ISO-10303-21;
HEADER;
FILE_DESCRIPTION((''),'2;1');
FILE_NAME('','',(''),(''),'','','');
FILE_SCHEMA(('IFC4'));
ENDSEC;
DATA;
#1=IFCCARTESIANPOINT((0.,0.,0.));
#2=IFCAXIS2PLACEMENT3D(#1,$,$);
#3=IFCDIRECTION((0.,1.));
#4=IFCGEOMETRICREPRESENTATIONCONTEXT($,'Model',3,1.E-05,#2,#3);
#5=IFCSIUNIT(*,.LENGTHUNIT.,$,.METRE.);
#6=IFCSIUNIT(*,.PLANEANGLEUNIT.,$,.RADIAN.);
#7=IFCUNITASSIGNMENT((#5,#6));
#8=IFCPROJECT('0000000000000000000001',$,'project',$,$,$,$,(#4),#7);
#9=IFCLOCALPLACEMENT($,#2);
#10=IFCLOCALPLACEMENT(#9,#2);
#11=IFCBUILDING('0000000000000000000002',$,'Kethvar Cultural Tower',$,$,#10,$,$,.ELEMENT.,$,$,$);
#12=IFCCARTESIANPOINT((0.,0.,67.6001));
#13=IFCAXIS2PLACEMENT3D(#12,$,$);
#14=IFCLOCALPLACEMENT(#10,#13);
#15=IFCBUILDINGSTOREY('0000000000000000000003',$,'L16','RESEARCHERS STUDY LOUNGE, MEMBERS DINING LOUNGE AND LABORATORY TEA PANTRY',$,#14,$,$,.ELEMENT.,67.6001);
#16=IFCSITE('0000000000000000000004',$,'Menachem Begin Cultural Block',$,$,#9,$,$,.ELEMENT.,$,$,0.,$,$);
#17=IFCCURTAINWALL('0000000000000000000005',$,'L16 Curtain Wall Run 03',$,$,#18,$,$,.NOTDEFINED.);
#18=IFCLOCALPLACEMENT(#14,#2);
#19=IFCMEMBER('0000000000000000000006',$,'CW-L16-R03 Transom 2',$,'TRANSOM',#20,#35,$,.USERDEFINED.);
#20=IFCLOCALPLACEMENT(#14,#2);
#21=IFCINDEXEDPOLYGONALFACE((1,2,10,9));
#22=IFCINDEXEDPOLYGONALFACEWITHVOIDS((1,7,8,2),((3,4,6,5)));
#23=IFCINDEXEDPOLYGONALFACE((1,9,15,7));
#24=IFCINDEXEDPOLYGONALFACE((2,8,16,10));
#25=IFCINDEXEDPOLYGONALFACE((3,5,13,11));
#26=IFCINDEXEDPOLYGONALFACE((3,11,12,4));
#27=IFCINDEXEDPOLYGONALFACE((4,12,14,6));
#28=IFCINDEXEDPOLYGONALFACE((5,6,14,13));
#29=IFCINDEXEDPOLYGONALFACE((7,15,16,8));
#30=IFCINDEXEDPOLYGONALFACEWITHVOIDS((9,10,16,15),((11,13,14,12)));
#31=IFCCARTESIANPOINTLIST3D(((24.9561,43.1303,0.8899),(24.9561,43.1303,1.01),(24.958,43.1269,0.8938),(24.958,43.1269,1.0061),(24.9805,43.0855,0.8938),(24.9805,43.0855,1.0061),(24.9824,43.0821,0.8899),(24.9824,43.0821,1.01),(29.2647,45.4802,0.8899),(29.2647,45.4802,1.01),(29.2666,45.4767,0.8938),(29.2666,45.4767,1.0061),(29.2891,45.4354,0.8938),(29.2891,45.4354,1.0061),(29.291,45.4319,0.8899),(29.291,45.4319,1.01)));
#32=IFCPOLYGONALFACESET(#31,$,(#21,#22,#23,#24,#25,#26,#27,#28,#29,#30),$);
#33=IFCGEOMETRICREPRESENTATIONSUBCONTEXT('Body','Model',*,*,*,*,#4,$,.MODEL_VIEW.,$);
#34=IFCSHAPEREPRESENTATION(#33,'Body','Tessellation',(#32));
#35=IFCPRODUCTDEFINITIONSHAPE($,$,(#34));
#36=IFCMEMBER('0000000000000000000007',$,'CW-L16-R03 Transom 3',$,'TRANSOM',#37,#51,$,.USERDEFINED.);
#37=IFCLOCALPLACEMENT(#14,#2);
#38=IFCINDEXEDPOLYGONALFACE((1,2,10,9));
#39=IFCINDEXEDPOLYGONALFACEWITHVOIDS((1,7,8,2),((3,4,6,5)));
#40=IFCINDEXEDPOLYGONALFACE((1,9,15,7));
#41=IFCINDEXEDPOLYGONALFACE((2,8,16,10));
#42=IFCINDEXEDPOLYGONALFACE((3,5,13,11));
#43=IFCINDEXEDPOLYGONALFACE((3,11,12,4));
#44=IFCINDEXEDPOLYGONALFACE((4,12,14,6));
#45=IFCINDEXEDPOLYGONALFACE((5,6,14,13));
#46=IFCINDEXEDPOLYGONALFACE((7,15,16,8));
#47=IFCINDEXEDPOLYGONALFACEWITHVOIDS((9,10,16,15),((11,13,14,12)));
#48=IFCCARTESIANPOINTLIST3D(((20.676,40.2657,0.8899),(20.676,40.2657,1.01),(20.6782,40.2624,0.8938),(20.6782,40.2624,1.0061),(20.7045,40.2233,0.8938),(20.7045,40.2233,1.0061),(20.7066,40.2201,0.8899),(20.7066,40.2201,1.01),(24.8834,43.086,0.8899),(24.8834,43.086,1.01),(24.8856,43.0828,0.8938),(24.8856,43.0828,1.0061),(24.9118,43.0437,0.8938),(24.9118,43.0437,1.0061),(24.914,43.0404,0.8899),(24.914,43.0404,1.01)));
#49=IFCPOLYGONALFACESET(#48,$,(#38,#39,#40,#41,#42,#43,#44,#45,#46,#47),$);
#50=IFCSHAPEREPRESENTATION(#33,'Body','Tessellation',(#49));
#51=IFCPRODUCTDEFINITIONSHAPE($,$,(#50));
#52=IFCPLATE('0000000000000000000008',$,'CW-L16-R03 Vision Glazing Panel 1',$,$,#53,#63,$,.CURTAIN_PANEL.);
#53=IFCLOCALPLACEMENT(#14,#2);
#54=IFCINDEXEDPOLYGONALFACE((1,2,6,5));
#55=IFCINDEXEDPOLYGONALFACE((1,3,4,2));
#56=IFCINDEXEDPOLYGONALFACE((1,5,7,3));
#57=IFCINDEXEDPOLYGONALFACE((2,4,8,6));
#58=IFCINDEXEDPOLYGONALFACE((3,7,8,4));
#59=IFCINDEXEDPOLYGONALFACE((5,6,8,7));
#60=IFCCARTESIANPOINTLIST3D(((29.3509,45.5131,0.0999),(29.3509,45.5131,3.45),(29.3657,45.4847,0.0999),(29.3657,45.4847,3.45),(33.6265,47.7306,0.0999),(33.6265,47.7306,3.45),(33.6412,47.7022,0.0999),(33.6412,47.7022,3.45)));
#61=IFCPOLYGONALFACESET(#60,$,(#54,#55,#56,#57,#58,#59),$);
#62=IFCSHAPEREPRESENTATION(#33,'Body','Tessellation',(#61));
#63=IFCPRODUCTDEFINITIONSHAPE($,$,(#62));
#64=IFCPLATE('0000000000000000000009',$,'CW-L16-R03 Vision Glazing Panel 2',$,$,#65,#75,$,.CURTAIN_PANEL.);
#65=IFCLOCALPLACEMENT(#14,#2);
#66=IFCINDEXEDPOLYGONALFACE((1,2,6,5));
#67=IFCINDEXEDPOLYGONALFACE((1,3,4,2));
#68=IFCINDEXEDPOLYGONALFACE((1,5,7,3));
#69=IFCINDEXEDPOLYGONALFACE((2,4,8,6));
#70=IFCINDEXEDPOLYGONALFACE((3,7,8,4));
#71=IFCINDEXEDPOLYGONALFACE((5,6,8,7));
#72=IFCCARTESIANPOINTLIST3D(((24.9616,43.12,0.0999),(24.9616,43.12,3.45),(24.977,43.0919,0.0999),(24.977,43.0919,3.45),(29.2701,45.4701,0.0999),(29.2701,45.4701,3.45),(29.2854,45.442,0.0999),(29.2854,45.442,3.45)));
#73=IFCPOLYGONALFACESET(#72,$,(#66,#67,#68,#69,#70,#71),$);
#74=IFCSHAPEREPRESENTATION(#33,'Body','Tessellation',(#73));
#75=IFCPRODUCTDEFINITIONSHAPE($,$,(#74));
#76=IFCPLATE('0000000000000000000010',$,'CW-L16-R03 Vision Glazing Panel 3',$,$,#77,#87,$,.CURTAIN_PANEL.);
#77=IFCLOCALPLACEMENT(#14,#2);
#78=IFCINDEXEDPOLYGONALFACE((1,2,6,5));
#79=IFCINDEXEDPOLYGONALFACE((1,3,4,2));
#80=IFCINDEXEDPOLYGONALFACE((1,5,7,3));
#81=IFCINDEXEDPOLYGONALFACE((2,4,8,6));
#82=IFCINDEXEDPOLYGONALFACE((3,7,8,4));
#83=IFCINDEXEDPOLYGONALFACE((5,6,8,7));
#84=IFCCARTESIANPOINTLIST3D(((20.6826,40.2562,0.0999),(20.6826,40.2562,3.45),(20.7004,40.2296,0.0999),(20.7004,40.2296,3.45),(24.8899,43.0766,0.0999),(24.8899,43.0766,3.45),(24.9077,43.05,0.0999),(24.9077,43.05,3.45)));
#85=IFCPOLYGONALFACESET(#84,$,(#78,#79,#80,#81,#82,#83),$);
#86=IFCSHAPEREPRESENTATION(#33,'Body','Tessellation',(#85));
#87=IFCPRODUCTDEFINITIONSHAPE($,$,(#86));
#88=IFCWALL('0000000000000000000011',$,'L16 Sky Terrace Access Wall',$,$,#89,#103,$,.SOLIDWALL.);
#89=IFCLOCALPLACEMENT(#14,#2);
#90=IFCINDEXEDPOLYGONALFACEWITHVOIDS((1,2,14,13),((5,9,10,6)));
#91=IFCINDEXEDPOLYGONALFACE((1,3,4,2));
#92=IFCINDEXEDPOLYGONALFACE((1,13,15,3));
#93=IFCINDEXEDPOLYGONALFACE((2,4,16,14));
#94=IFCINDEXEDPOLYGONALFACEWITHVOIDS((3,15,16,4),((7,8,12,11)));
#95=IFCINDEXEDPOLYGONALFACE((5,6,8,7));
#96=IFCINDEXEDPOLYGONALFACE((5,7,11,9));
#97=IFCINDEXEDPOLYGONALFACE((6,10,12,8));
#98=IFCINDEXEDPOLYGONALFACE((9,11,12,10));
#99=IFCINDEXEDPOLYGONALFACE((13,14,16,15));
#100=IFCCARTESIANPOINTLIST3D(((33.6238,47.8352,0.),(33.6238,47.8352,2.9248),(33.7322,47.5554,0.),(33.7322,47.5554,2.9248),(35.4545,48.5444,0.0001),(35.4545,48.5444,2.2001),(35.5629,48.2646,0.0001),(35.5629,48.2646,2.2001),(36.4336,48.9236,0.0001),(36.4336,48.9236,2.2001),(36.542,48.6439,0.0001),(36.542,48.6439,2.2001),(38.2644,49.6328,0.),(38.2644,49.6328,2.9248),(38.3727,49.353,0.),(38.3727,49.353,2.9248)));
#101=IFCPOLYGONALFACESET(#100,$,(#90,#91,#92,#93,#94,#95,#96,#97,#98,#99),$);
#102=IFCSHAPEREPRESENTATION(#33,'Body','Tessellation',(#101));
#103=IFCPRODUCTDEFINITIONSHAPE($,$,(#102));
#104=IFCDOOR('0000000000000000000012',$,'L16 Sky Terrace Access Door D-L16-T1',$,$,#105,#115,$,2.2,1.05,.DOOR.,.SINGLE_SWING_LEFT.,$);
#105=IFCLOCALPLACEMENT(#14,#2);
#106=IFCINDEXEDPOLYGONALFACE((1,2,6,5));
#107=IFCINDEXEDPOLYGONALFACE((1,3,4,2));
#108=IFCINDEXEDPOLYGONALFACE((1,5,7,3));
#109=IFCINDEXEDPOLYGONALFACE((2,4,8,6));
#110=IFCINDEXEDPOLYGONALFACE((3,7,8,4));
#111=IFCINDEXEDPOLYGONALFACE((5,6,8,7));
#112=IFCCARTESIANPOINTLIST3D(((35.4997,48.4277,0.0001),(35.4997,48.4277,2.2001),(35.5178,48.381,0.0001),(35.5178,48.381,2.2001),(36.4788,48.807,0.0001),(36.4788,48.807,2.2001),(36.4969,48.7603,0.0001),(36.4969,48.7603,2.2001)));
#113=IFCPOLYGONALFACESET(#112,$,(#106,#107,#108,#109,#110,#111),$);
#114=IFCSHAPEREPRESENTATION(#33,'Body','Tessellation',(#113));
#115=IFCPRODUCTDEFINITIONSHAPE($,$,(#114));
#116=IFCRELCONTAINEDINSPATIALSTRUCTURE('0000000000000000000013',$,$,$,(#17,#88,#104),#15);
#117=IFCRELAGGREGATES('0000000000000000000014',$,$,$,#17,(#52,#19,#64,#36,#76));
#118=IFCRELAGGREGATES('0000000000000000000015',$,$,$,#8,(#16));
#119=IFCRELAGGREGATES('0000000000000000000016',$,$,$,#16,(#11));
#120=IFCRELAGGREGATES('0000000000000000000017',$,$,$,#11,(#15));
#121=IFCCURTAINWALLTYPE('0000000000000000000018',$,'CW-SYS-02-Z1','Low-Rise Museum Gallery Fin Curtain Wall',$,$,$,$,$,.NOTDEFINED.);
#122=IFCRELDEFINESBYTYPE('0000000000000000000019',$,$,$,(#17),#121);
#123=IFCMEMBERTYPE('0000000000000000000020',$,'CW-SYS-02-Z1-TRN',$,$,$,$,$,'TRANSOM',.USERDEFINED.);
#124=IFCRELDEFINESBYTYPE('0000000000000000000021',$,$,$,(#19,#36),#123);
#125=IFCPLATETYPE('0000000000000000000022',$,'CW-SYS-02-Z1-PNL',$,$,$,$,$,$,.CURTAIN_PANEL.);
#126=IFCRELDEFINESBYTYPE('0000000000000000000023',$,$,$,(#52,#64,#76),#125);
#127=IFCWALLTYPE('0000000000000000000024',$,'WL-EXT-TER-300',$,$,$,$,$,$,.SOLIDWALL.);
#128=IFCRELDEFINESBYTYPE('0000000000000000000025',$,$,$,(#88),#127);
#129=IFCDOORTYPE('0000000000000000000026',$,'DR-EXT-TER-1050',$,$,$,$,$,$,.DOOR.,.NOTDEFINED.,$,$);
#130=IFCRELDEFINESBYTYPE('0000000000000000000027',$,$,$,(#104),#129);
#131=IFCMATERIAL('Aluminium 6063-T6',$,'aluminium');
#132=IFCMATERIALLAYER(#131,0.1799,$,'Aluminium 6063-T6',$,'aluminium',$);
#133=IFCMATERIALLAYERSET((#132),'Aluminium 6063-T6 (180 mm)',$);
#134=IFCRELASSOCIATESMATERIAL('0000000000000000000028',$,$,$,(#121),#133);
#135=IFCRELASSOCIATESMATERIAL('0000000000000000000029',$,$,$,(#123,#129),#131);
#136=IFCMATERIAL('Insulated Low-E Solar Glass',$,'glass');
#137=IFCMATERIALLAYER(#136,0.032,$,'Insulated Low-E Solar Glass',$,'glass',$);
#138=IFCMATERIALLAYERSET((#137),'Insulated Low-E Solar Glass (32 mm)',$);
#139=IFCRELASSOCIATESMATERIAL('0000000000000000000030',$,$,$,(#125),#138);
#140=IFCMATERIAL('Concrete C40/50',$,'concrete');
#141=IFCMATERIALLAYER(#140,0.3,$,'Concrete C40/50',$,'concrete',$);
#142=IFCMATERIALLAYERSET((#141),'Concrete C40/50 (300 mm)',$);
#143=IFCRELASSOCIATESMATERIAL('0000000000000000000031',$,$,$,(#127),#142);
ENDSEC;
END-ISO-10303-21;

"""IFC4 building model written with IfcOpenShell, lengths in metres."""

from ifc_helpers import new_model, si_unit, direction, frame, frame_2d, origin, origin_2d, place, context, subcontext, project, spatial, rectangle, hollow_rectangle, extrude, source, transform, mapped, material, layer, layer_set, material_profile, profile_set, type_object, element, fill, aggregate, save


model = new_model("IFC4")

# Units and contexts
model_context = context("Model", 3, precision=1e-05, world=origin(), true_north=direction((0.0, 1.0)))
body_context = subcontext(model_context, "Body", "Model", "MODEL_VIEW")
ifc_project = project(units=[si_unit("LENGTHUNIT", "METRE"), si_unit("PLANEANGLEUNIT", "RADIAN")], contexts=[model_context])

# Site, building, storey
site_placement = place(None, origin())
site = spatial("IfcSite", under=ifc_project, at=site_placement, Name="Menachem Begin Cultural Block", CompositionType="ELEMENT", RefElevation=0.0)
building_placement = place(site_placement, origin())
building = spatial("IfcBuilding", under=site, at=building_placement, Name="Kethvar Cultural Tower", CompositionType="ELEMENT")
storey_placement = place(building_placement, frame((0.0, 0.0, 67.6001)))
storey = spatial("IfcBuildingStorey", under=building, at=storey_placement, Name="L16", Description="RESEARCHERS STUDY LOUNGE, MEMBERS DINING LOUNGE AND LABORATORY TEA PANTRY", CompositionType="ELEMENT", Elevation=67.6001)

# Curtain wall, members, plates
ifc_material_1 = material(Name="Aluminium 6063-T6", Category="aluminium")
ifc_layer_1 = layer(ifc_material_1, 0.1799, Name="Aluminium 6063-T6", Category="aluminium")
ifc_layer_set_1 = layer_set([ifc_layer_1], Name="Aluminium 6063-T6 (180 mm)")
curtain_wall_type = type_object("IfcCurtainWallType", Name="CW-SYS-02-Z1", Description="Low-Rise Museum Gallery Fin Curtain Wall", PredefinedType="NOTDEFINED", material=ifc_layer_set_1)
curtain_wall_placement = place(storey_placement, origin())
curtain_wall = element("IfcCurtainWall", 1, at=curtain_wall_placement, inside=storey, type_object=curtain_wall_type, Name="L16 Curtain Wall Run 03", PredefinedType="NOTDEFINED")
ifc_material_profile_1 = material_profile(ifc_material_1, hollow_rectangle(XDim=0.0549, YDim=0.1201, WallThickness=0.0039, at=origin_2d()), Name="Aluminium 6063-T6 — RHS120x55x4")
ifc_profile_set_1 = profile_set([ifc_material_profile_1], Name="Aluminium 6063-T6 — RHS120x55x4")
member_type_1 = type_object("IfcMemberType", Name="CW-SYS-02-Z1-TRN", ElementType="TRANSOM", PredefinedType="USERDEFINED", material=ifc_profile_set_1)
shared_shape_1 = source(origin(), body_context, "Body", "SweptSolid", [
    extrude(hollow_rectangle(XDim=0.0549, YDim=0.1201, WallThickness=0.0039, at=origin_2d()), origin(), (0.0, 0.0, 1.0), 4.9077),
])
member_1_placement = place(storey_placement, frame((29.2778, 45.4561, 0.95), z_axis=(-0.87792, -0.478807, 0.0), x_axis=(0.478807, -0.87792, 0.0)))
member_1 = element("IfcMember", 2, at=member_1_placement, type_object=member_type_1, Name="CW-L16-R03 Transom 2", ObjectType="TRANSOM", PredefinedType="USERDEFINED", context=body_context, shape_type="MappedRepresentation", body=[
    mapped(shared_shape_1, transform((0.0, 0.0, 0.0), scale=1.0)),
])
shared_shape_2 = source(origin(), body_context, "Body", "SweptSolid", [
    extrude(hollow_rectangle(XDim=0.0549, YDim=0.1201, WallThickness=0.0039, at=origin_2d()), origin(), (0.0, 0.0, 1.0), 5.0652),
])
member_2_placement = place(storey_placement, frame((24.8987, 43.0632, 0.95), z_axis=(-0.830639, -0.556812, 0.0), x_axis=(0.556812, -0.830639, 0.0)))
member_2 = element("IfcMember", 3, at=member_2_placement, type_object=member_type_1, Name="CW-L16-R03 Transom 3", ObjectType="TRANSOM", PredefinedType="USERDEFINED", context=body_context, shape_type="MappedRepresentation", body=[
    mapped(shared_shape_2, transform((0.0, 0.0, 0.0), scale=1.0)),
])
ifc_material_2 = material(Name="Insulated Low-E Solar Glass", Category="glass")
ifc_layer_2 = layer(ifc_material_2, 0.032, Name="Insulated Low-E Solar Glass", Category="glass")
ifc_layer_set_2 = layer_set([ifc_layer_2], Name="Insulated Low-E Solar Glass (32 mm)")
plate_type = type_object("IfcPlateType", Name="CW-SYS-02-Z1-PNL", PredefinedType="CURTAIN_PANEL", material=ifc_layer_set_2)
shared_shape_3 = source(origin(), body_context, "Body", "SweptSolid", [
    extrude(rectangle(XDim=4.8164, YDim=0.032, at=origin_2d()), origin(), (0.0, 0.0, 1.0), 3.3501),
])
plate_1_placement = place(storey_placement, frame((31.4961, 46.6077, 0.0999), z_axis=(0.0, 0.0, 1.0), x_axis=(-0.887711, -0.460401, 0.0)))
plate_1 = element("IfcPlate", 4, at=plate_1_placement, type_object=plate_type, Name="CW-L16-R03 Vision Glazing Panel 1", PredefinedType="CURTAIN_PANEL", context=body_context, shape_type="MappedRepresentation", body=[
    mapped(shared_shape_3, transform((0.0, 0.0, 0.0), scale=1.0)),
])
shared_shape_4 = source(origin(), body_context, "Body", "SweptSolid", [
    extrude(rectangle(XDim=4.9077, YDim=0.032, at=origin_2d()), origin(), (0.0, 0.0, 1.0), 3.3501),
])
plate_2_placement = place(storey_placement, frame((27.1235, 44.281, 0.0999), z_axis=(0.0, 0.0, 1.0), x_axis=(-0.877899, -0.478845, 0.0)))
plate_2 = element("IfcPlate", 5, at=plate_2_placement, type_object=plate_type, Name="CW-L16-R03 Vision Glazing Panel 2", PredefinedType="CURTAIN_PANEL", context=body_context, shape_type="MappedRepresentation", body=[
    mapped(shared_shape_4, transform((0.0, 0.0, 0.0), scale=1.0)),
])
shared_shape_5 = source(origin(), body_context, "Body", "SweptSolid", [
    extrude(rectangle(XDim=5.0652, YDim=0.032, at=origin_2d()), origin(), (0.0, 0.0, 1.0), 3.3501),
])
plate_3_placement = place(storey_placement, frame((22.7952, 41.6531, 0.0999), z_axis=(0.0, 0.0, 1.0), x_axis=(-0.830635, -0.556818, 0.0)))
plate_3 = element("IfcPlate", 6, at=plate_3_placement, type_object=plate_type, Name="CW-L16-R03 Vision Glazing Panel 3", PredefinedType="CURTAIN_PANEL", context=body_context, shape_type="MappedRepresentation", body=[
    mapped(shared_shape_5, transform((0.0, 0.0, 0.0), scale=1.0)),
])
aggregate(curtain_wall, [plate_1, member_1, plate_2, member_2, plate_3])

# Wall, opening, door
ifc_material_3 = material(Name="Concrete C40/50", Category="concrete")
ifc_layer_3 = layer(ifc_material_3, 0.3, Name="Concrete C40/50", Category="concrete")
ifc_layer_set_3 = layer_set([ifc_layer_3], Name="Concrete C40/50 (300 mm)")
wall_type = type_object("IfcWallType", Name="WL-EXT-TER-300", PredefinedType="SOLIDWALL", material=ifc_layer_set_3)
wall_placement = place(storey_placement, frame((33.678, 47.6953, 0.0), z_axis=(0.0, 0.0, 1.0), x_axis=(0.932484, 0.36121, 0.0)))
wall = element("IfcWall", 7, at=wall_placement, inside=storey, type_object=wall_type, Name="L16 Sky Terrace Access Wall", PredefinedType="SOLIDWALL", context=body_context, shape_type="SweptSolid", body=[
    extrude(rectangle(XDim=4.9766, YDim=0.3, at=frame_2d((2.4883, 0.0))), origin(), (0.0, 0.0, 1.0), 2.9248),
])
opening_placement = place(wall_placement, frame((1.9634, 0.0, 0.0)))
opening = element("IfcOpeningElement", 8, at=opening_placement, cuts=wall, PredefinedType="OPENING", context=body_context, shape_type="SweptSolid", body=[
    extrude(rectangle(XDim=1.05, YDim=2.2, at=frame_2d((0.5249, 1.1001))), frame((0.0, 0.1599, 0.0), z_axis=(0.0, -1.0, 0.0), x_axis=(1.0, 0.0, 0.0)), (0.0, 0.0, 1.0), 0.3201),
])
door_type = type_object("IfcDoorType", Name="DR-EXT-TER-1050", OperationType="NOTDEFINED", PredefinedType="DOOR", material=ifc_material_1)
shared_shape_6 = source(origin(), body_context, "Body", "SweptSolid", [
    extrude(rectangle(XDim=1.05, YDim=2.2, at=frame_2d((0.5249, 1.1001))), frame((0.0, 0.0249, 0.0), z_axis=(0.0, -1.0, 0.0), x_axis=(1.0, 0.0, 0.0)), (0.0, 0.0, 1.0), 0.05),
])
door_placement = place(opening_placement, origin())
door = element("IfcDoor", 9, at=door_placement, inside=storey, type_object=door_type, Name="L16 Sky Terrace Access Door D-L16-T1", OperationType="SINGLE_SWING_LEFT", OverallHeight=2.2, OverallWidth=1.05, PredefinedType="DOOR", context=body_context, shape_type="MappedRepresentation", body=[
    mapped(shared_shape_6, transform((0.0, 0.0, 0.0), scale=1.0)),
])
fill(opening, door)

save(model, "model.ifc")
